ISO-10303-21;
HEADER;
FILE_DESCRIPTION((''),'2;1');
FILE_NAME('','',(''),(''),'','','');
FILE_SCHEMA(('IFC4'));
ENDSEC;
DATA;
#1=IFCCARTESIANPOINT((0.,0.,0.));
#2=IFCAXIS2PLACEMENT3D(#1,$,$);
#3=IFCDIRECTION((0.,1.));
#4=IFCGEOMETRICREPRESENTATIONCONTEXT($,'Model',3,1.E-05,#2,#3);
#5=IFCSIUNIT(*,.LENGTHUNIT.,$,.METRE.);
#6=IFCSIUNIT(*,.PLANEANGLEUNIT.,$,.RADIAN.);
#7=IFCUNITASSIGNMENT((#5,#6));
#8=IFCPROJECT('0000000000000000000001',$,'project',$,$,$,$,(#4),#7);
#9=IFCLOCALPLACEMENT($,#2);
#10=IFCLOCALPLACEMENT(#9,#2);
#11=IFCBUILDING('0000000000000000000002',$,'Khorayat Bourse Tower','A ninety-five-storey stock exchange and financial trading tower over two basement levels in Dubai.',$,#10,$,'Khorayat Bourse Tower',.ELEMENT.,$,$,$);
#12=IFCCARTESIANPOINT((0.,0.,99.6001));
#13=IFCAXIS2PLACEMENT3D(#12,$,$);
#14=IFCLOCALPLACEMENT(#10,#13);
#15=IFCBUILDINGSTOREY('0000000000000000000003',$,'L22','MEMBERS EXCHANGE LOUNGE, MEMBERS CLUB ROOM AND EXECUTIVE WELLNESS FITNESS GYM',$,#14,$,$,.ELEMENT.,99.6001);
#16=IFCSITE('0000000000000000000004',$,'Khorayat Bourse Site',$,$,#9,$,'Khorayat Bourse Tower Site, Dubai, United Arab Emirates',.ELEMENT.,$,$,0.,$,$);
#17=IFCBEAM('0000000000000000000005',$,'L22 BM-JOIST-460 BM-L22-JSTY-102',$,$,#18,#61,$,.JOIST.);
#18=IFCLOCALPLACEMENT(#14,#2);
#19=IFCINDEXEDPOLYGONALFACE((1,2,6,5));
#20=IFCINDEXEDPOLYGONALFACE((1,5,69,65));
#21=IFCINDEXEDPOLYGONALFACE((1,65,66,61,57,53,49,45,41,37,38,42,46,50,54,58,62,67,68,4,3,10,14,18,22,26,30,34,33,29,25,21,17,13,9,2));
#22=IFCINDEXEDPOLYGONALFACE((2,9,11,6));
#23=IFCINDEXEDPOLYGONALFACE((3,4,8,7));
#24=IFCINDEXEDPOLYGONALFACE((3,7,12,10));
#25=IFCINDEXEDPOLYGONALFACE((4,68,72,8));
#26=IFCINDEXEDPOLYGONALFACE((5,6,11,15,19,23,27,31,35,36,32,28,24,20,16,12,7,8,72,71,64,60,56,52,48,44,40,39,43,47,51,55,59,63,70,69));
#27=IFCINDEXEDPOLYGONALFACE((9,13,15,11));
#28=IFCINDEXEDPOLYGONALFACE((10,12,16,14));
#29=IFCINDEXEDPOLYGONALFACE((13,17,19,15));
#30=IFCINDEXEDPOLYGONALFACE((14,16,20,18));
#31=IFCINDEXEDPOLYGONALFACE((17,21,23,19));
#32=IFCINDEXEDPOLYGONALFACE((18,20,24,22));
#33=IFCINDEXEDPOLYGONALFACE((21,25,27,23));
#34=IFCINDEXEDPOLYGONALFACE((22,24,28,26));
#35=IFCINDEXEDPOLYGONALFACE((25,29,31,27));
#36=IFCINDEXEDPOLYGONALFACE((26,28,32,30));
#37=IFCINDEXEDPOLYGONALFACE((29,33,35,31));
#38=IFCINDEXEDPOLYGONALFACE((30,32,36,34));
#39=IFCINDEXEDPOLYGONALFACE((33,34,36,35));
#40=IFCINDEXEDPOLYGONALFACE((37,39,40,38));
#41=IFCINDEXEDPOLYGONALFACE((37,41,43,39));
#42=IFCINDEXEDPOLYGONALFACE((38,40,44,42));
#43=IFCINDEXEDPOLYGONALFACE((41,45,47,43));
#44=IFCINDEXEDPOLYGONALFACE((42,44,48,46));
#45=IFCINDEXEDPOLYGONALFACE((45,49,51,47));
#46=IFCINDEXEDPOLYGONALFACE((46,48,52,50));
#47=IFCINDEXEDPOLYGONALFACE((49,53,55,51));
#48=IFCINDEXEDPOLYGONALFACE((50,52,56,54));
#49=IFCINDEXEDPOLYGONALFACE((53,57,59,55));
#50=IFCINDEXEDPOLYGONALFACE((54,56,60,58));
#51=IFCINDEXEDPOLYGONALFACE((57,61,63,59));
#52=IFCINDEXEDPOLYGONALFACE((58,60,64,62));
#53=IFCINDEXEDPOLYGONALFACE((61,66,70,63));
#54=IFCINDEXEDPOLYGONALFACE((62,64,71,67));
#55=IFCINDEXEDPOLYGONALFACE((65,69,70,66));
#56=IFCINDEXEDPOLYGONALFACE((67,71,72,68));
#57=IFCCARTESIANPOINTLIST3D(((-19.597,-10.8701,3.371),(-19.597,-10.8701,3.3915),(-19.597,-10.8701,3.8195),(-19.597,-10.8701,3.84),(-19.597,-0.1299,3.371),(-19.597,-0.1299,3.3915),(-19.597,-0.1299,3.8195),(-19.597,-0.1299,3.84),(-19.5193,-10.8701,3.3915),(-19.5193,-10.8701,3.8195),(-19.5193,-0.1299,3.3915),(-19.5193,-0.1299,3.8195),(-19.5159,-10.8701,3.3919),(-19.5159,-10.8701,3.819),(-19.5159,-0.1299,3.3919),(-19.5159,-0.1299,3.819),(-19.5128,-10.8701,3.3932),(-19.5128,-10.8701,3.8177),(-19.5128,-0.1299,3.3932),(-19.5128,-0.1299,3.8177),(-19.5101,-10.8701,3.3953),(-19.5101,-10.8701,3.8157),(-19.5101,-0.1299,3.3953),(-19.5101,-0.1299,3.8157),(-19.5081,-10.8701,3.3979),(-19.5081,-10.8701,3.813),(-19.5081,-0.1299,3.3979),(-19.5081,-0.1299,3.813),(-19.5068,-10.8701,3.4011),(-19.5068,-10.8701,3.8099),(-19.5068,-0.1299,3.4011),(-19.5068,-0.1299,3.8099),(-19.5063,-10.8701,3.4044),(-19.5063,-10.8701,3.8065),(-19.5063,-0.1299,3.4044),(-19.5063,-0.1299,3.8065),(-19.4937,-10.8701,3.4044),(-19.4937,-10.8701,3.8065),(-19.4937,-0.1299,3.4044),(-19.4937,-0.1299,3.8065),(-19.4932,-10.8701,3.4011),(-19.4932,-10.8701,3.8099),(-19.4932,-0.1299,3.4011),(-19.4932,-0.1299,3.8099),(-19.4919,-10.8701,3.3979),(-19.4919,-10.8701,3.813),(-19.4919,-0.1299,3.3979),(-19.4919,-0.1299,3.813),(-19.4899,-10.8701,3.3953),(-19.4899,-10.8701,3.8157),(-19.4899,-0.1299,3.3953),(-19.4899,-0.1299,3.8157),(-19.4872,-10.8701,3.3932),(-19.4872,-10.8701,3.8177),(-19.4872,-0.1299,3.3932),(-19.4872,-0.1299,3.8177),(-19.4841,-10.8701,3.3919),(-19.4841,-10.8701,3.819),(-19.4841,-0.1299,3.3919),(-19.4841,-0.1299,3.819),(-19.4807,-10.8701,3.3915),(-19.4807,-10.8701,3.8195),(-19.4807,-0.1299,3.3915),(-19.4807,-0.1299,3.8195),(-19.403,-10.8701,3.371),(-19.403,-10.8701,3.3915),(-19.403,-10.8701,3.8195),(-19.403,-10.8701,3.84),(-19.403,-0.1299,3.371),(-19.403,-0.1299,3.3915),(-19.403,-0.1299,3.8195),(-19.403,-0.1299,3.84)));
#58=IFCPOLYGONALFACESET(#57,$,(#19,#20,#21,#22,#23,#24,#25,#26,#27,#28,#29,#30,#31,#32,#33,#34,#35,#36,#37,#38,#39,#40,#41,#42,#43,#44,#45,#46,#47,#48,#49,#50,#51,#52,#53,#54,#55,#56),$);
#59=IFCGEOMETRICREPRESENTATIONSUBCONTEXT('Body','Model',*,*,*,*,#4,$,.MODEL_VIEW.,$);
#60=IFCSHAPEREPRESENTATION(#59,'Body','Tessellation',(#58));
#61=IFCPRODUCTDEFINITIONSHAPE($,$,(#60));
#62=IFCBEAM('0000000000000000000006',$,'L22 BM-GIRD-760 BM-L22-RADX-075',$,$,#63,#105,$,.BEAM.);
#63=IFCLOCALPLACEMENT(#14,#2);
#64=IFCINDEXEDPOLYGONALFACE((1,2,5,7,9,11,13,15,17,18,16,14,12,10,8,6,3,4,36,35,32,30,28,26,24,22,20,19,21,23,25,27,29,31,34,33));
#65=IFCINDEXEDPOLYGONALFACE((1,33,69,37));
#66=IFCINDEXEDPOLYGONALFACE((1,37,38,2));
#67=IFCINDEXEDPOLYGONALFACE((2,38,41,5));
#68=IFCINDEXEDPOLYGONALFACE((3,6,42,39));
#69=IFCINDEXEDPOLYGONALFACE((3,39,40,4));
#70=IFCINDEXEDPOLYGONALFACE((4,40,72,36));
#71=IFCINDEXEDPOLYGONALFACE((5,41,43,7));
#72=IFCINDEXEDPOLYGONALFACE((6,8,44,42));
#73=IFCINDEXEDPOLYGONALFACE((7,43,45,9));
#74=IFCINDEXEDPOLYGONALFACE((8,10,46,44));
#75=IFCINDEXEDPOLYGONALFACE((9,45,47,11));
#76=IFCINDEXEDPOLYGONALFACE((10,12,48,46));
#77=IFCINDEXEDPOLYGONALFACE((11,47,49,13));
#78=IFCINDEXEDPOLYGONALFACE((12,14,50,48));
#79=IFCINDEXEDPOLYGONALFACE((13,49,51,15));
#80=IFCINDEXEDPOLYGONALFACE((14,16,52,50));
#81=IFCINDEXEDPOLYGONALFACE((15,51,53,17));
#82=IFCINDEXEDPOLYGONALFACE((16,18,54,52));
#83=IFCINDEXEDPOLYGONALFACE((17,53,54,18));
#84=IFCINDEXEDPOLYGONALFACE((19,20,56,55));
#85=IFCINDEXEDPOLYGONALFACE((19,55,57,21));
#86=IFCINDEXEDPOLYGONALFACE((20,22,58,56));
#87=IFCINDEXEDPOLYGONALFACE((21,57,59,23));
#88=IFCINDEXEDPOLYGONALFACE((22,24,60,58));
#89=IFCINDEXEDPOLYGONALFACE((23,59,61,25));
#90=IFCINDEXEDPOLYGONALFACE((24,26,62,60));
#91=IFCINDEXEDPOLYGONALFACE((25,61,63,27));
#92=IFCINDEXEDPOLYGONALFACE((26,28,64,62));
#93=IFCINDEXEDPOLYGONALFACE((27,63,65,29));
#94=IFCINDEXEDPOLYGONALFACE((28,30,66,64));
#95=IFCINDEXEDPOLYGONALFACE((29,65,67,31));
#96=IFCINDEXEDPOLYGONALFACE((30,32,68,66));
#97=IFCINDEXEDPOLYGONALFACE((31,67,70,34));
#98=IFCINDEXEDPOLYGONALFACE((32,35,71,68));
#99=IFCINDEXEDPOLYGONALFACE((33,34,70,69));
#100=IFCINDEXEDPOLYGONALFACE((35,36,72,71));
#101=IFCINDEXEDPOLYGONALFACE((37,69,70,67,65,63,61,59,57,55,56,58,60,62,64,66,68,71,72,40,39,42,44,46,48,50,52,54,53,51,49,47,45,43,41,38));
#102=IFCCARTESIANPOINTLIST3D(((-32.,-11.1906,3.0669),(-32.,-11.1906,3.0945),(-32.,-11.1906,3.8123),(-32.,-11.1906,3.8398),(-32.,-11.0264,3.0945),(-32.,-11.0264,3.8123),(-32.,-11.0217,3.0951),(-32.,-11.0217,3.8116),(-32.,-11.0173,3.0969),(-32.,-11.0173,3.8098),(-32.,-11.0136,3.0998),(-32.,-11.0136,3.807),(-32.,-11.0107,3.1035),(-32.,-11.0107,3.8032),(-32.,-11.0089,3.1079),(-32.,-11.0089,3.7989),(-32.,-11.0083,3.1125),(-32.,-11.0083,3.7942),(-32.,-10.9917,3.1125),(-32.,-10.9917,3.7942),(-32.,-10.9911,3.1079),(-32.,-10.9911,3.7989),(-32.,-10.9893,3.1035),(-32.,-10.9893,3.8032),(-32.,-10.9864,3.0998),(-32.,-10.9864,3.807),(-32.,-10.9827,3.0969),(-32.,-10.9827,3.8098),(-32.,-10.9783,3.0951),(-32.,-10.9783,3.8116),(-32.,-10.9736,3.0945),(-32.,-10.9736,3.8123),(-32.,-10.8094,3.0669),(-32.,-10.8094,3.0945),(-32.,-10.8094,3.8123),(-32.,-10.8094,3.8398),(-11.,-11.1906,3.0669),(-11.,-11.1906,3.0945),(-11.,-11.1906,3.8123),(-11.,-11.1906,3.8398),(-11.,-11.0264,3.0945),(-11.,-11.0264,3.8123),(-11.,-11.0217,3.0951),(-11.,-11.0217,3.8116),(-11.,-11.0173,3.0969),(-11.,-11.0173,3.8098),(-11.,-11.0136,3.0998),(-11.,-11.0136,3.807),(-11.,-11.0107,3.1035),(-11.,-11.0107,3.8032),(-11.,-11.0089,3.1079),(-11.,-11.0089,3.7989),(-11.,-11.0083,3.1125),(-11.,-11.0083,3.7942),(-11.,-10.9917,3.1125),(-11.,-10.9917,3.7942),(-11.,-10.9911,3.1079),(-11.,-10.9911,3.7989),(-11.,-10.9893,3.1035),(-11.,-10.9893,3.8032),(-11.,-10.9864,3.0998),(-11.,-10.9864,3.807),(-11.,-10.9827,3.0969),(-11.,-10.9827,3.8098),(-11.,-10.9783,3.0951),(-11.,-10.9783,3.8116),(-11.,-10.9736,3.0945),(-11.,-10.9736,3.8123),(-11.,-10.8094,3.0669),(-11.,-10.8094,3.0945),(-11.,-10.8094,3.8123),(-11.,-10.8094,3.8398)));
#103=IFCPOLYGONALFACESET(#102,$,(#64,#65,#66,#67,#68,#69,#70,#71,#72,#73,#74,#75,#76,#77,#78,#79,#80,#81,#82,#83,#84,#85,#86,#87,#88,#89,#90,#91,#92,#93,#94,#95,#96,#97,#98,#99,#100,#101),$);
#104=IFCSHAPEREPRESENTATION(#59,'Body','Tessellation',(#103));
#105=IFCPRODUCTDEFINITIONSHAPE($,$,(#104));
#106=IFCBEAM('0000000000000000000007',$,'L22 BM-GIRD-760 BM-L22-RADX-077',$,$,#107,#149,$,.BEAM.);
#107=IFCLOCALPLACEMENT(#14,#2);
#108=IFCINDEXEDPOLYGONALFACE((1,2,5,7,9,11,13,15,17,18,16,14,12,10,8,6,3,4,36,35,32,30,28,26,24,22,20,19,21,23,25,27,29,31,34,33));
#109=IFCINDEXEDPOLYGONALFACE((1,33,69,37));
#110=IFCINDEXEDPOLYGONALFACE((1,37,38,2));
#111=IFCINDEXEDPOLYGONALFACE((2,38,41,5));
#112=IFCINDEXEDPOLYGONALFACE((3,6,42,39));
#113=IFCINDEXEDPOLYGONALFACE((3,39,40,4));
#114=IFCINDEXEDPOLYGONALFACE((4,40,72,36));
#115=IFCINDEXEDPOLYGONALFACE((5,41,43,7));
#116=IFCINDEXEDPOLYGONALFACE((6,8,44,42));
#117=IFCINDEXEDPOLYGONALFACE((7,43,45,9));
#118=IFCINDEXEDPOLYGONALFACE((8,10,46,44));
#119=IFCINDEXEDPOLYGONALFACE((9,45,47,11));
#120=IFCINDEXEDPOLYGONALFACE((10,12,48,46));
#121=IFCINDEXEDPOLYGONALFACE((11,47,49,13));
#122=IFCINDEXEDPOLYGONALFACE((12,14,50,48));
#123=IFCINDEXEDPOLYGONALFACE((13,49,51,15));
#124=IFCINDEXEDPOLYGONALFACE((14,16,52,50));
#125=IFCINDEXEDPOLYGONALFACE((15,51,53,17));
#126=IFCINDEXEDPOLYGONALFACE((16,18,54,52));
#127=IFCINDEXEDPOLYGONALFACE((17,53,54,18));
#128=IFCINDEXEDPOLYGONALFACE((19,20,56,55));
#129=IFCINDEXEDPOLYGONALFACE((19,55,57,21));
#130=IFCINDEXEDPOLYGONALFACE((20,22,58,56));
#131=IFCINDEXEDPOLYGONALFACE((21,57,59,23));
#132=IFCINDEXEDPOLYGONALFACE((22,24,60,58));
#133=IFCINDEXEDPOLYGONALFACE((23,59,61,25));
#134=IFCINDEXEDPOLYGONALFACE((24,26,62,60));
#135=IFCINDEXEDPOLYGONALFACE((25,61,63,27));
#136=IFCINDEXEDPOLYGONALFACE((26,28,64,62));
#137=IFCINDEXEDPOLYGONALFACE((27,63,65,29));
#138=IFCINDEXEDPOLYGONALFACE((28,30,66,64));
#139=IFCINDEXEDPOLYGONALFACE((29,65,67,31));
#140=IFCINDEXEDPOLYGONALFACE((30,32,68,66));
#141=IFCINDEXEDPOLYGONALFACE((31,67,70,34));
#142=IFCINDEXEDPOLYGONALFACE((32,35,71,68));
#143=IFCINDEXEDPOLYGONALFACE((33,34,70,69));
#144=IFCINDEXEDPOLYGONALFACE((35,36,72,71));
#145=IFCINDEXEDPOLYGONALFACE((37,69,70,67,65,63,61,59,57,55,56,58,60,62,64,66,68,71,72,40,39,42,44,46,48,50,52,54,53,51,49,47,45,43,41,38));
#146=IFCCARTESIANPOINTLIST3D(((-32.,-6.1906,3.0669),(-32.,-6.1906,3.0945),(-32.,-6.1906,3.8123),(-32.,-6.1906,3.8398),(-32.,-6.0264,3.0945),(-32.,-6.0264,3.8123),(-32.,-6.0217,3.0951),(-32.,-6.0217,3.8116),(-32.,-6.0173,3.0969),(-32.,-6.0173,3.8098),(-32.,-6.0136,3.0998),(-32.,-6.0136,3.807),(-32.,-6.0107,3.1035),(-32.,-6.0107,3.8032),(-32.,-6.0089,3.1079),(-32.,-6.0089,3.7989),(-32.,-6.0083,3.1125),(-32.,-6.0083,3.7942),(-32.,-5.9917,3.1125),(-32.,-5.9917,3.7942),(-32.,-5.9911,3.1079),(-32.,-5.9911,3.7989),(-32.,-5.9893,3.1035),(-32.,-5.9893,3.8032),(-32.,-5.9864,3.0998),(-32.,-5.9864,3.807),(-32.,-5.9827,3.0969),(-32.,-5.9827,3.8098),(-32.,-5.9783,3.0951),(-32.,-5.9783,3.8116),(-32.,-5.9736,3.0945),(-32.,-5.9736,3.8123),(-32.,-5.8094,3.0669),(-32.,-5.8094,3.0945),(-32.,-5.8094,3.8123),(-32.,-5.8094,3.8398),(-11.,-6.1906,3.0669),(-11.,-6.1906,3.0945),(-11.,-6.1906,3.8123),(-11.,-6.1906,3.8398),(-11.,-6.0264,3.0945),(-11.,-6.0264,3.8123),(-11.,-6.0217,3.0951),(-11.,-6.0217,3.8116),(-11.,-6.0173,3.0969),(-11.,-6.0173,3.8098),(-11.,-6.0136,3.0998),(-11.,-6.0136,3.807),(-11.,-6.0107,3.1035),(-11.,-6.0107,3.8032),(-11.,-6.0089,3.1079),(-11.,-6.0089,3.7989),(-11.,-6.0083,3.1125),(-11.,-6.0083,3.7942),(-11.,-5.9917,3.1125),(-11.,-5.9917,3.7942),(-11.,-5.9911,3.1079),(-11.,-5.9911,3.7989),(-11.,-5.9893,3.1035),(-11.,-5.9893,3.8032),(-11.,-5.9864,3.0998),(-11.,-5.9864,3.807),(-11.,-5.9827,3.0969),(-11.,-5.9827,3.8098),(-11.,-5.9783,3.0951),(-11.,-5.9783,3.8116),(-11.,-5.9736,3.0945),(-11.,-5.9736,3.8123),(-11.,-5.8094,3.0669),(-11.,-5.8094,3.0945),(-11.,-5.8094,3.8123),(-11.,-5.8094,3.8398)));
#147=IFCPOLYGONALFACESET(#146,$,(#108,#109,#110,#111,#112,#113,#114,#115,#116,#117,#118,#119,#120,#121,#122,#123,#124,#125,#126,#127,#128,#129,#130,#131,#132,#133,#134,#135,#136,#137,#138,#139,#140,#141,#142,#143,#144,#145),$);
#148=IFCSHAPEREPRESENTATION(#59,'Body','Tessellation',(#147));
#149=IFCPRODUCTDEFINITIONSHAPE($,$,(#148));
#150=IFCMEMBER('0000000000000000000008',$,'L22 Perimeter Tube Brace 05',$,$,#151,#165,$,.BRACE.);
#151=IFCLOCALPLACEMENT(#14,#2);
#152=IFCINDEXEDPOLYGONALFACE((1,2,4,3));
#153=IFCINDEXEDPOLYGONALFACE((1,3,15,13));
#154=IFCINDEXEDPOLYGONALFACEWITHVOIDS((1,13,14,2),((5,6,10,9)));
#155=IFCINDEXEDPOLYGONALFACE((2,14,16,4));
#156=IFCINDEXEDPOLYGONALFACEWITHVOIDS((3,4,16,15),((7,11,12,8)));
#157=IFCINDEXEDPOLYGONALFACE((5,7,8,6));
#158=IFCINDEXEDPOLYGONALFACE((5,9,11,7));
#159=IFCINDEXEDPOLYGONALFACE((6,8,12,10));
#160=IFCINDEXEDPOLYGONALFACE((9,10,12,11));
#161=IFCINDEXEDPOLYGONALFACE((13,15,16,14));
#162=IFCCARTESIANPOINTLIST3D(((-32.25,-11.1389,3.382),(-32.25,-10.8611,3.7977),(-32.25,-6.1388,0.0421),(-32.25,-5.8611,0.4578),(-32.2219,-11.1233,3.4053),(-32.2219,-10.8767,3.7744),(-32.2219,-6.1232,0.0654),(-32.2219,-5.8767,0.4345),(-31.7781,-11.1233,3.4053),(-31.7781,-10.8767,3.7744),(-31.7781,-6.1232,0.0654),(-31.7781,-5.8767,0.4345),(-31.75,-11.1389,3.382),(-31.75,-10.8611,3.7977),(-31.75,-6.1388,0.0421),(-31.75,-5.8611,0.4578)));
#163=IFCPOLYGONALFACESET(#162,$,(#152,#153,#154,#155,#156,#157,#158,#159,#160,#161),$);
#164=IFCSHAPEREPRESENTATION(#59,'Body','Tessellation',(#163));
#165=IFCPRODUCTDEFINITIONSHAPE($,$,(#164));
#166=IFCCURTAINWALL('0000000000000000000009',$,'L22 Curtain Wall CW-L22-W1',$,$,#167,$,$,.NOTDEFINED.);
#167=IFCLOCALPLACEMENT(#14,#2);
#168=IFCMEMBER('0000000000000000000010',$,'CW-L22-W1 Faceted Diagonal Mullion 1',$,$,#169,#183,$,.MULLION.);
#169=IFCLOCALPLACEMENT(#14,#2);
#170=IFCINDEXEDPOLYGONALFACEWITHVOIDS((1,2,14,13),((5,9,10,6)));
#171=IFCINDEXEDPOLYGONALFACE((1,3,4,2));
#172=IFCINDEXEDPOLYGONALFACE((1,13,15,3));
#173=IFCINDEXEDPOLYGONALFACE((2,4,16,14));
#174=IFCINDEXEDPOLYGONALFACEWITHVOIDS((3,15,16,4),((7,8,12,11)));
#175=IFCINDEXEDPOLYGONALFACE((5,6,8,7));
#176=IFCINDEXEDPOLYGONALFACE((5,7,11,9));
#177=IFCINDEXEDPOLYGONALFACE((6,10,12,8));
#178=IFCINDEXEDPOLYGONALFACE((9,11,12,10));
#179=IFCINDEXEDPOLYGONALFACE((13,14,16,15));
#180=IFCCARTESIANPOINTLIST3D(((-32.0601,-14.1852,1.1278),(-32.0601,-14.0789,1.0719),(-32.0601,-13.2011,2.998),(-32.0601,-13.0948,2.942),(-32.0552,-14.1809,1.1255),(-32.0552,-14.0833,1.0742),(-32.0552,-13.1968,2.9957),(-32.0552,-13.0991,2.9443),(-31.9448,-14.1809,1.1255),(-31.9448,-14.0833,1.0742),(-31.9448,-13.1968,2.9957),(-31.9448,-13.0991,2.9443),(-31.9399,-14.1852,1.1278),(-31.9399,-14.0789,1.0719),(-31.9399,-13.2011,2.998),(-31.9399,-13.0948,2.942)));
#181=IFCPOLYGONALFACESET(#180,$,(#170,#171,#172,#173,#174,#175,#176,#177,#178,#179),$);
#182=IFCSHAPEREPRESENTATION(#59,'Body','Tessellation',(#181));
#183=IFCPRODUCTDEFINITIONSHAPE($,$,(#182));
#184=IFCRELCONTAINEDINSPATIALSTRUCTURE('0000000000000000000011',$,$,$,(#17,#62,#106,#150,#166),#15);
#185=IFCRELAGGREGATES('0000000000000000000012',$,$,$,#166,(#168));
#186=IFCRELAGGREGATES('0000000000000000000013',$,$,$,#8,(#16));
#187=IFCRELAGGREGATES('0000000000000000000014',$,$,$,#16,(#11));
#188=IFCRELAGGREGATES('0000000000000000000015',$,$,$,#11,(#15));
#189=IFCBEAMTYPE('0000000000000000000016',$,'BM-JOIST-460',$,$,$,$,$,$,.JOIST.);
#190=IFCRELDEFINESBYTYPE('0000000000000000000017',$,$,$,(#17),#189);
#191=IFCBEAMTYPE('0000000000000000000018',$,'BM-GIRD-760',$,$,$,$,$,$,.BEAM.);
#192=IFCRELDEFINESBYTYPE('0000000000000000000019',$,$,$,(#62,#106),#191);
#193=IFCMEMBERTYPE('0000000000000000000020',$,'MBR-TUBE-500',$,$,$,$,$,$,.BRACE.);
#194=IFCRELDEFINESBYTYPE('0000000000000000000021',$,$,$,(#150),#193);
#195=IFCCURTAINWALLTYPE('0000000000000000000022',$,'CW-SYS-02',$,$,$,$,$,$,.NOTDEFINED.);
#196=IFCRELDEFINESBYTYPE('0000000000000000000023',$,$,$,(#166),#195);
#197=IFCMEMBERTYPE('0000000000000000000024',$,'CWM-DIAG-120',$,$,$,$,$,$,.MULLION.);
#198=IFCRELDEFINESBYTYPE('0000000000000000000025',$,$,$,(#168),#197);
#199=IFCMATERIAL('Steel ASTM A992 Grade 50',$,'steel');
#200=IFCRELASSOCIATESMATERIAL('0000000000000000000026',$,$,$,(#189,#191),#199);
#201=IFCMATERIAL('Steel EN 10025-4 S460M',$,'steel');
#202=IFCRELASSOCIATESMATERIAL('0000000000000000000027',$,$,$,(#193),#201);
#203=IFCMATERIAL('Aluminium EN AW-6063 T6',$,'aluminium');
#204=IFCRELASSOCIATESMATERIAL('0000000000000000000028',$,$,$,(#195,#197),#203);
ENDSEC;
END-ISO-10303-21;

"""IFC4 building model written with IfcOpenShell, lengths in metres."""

from ifc_helpers import new_model, si_unit, direction, frame, origin, origin_2d, place, context, subcontext, project, spatial, hollow_rectangle, i_section, extrude, source, transform, mapped, material, material_profile, profile_set, type_object, element, aggregate, save


model = new_model("IFC4")

# Units and contexts
model_context = context("Model", 3, precision=1e-05, world=origin(), true_north=direction((0.0, 1.0)))
body_context = subcontext(model_context, "Body", "Model", "MODEL_VIEW")
ifc_project = project(units=[si_unit("LENGTHUNIT", "METRE"), si_unit("PLANEANGLEUNIT", "RADIAN")], contexts=[model_context])

# Site, building, storey
site_placement = place(None, origin())
site = spatial("IfcSite", under=ifc_project, at=site_placement, Name="Khorayat Bourse Site", LongName="Khorayat Bourse Tower Site, Dubai, United Arab Emirates", CompositionType="ELEMENT", RefElevation=0.0)
building_placement = place(site_placement, origin())
building = spatial("IfcBuilding", under=site, at=building_placement, Name="Khorayat Bourse Tower", Description="A ninety-five-storey stock exchange and financial trading tower over two basement levels in Dubai.", LongName="Khorayat Bourse Tower", CompositionType="ELEMENT")
storey_placement = place(building_placement, frame((0.0, 0.0, 99.6001)))
storey = spatial("IfcBuildingStorey", under=building, at=storey_placement, Name="L22", Description="MEMBERS EXCHANGE LOUNGE, MEMBERS CLUB ROOM AND EXECUTIVE WELLNESS FITNESS GYM", CompositionType="ELEMENT", Elevation=99.6001)

# Shared definitions
ifc_material_1 = material(Name="Steel EN 10025-4 S460M", Category="steel")

# Beams
ifc_material_2 = material(Name="Steel ASTM A992 Grade 50", Category="steel")
ifc_material_profile_1 = material_profile(ifc_material_2, i_section(OverallWidth=0.1941, OverallDepth=0.469, WebThickness=0.0127, FlangeThickness=0.0205, FilletRadius=0.0129, at=origin_2d()), Name="W460X106")
ifc_profile_set_1 = profile_set([ifc_material_profile_1], Name="Steel ASTM A992 Grade 50")
beam_type_1 = type_object("IfcBeamType", Name="BM-JOIST-460", PredefinedType="JOIST", material=ifc_profile_set_1)
shared_shape_1 = source(origin(), body_context, "Body", "SweptSolid", [
    extrude(i_section(OverallWidth=0.1941, OverallDepth=0.469, WebThickness=0.0127, FlangeThickness=0.0205, FilletRadius=0.0129, at=origin_2d()), origin(), (0.0, 0.0, 1.0), 10.7402),
])
beam_1_placement = place(storey_placement, frame((-19.5, -10.8701, 3.6055), z_axis=(0.0, 1.0, 0.0), x_axis=(-1.0, 0.0, 0.0)))
element("IfcBeam", 1, at=beam_1_placement, inside=storey, type_object=beam_type_1, Name="L22 BM-JOIST-460 BM-L22-JSTY-102", PredefinedType="JOIST", context=body_context, shape_type="MappedRepresentation", body=[
    mapped(shared_shape_1, transform((0.0, 0.0, 0.0), scale=1.0)),
])
ifc_material_profile_2 = material_profile(ifc_material_2, i_section(OverallWidth=0.3811, OverallDepth=0.7729, WebThickness=0.0166, FlangeThickness=0.0276, FilletRadius=0.0181, at=origin_2d()), Name="W760X257")
ifc_profile_set_2 = profile_set([ifc_material_profile_2], Name="Steel ASTM A992 Grade 50")
beam_type_2 = type_object("IfcBeamType", Name="BM-GIRD-760", PredefinedType="BEAM", material=ifc_profile_set_2)
shared_shape_2 = source(origin(), body_context, "Body", "SweptSolid", [
    extrude(i_section(OverallWidth=0.3811, OverallDepth=0.7729, WebThickness=0.0166, FlangeThickness=0.0276, FilletRadius=0.0181, at=origin_2d()), origin(), (0.0, 0.0, 1.0), 21.0),
])
for number, where, z_axis, x_axis, name in (
    (2, (-32.0, -11.0, 3.4534), (1.0, 0.0, 0.0), (0.0, 1.0, 0.0), "L22 BM-GIRD-760 BM-L22-RADX-075"),
    (3, (-32.0, -6.0, 3.4534), (1.0, 0.0, 0.0), (0.0, 1.0, 0.0), "L22 BM-GIRD-760 BM-L22-RADX-077"),
):
    element("IfcBeam", number, at=place(storey_placement, frame(where, z_axis=z_axis, x_axis=x_axis)), inside=storey, type_object=beam_type_2, Name=name, PredefinedType="BEAM", context=body_context, shape_type="MappedRepresentation", body=[
        mapped(shared_shape_2, transform((0.0, 0.0, 0.0), scale=1.0)),
    ])

# Member
ifc_material_profile_3 = material_profile(ifc_material_1, hollow_rectangle(XDim=0.5, YDim=0.5, WallThickness=0.0281, at=origin_2d()), Name="HSS 500x500x28")
ifc_profile_set_3 = profile_set([ifc_material_profile_3], Name="Steel EN 10025-4 S460M")
member_type_1 = type_object("IfcMemberType", Name="MBR-TUBE-500", PredefinedType="BRACE", material=ifc_profile_set_3)
shared_shape_3 = source(origin(), body_context, "Body", "SweptSolid", [
    extrude(hollow_rectangle(XDim=0.5, YDim=0.5, WallThickness=0.0281, at=origin_2d()), origin(), (0.0, 0.0, 1.0), 6.0129),
])
member_1_placement = place(storey_placement, frame((-32.0, -11.0, 3.5898), z_axis=(0.0, 0.83155, -0.55545), x_axis=(-1.0, 0.0, 0.0)))
element("IfcMember", 4, at=member_1_placement, inside=storey, type_object=member_type_1, Name="L22 Perimeter Tube Brace 05", PredefinedType="BRACE", context=body_context, shape_type="MappedRepresentation", body=[
    mapped(shared_shape_3, transform((0.0, 0.0, 0.0), scale=1.0)),
])

# Curtain wall, member
ifc_material_3 = material(Name="Aluminium EN AW-6063 T6", Category="aluminium")
curtain_wall_type = type_object("IfcCurtainWallType", Name="CW-SYS-02", PredefinedType="NOTDEFINED", material=ifc_material_3)
curtain_wall_placement = place(storey_placement, origin())
curtain_wall = element("IfcCurtainWall", 5, at=curtain_wall_placement, inside=storey, type_object=curtain_wall_type, Name="L22 Curtain Wall CW-L22-W1", PredefinedType="NOTDEFINED")
ifc_material_profile_4 = material_profile(ifc_material_3, hollow_rectangle(XDim=0.1201, YDim=0.1201, WallThickness=0.0049, at=origin_2d()), Name="ALU 120x120x5")
ifc_profile_set_4 = profile_set([ifc_material_profile_4], Name="Aluminium EN AW-6063 T6")
member_type_2 = type_object("IfcMemberType", Name="CWM-DIAG-120", PredefinedType="MULLION", material=ifc_profile_set_4)
shared_shape_4 = source(origin(), body_context, "Body", "SweptSolid", [
    extrude(hollow_rectangle(XDim=0.1201, YDim=0.1201, WallThickness=0.0049, at=origin_2d()), origin(), (0.0, 0.0, 1.0), 2.1133),
])
member_2_placement = place(storey_placement, frame((-32.0, -14.1321, 1.0999), z_axis=(0.0, 0.465694, 0.884946), x_axis=(-1.0, 0.0, 0.0)))
member_2 = element("IfcMember", 6, at=member_2_placement, type_object=member_type_2, Name="CW-L22-W1 Faceted Diagonal Mullion 1", PredefinedType="MULLION", context=body_context, shape_type="MappedRepresentation", body=[
    mapped(shared_shape_4, transform((0.0, 0.0, 0.0), scale=1.0)),
])

aggregate(curtain_wall, [member_2])

save(model, "model.ifc")
